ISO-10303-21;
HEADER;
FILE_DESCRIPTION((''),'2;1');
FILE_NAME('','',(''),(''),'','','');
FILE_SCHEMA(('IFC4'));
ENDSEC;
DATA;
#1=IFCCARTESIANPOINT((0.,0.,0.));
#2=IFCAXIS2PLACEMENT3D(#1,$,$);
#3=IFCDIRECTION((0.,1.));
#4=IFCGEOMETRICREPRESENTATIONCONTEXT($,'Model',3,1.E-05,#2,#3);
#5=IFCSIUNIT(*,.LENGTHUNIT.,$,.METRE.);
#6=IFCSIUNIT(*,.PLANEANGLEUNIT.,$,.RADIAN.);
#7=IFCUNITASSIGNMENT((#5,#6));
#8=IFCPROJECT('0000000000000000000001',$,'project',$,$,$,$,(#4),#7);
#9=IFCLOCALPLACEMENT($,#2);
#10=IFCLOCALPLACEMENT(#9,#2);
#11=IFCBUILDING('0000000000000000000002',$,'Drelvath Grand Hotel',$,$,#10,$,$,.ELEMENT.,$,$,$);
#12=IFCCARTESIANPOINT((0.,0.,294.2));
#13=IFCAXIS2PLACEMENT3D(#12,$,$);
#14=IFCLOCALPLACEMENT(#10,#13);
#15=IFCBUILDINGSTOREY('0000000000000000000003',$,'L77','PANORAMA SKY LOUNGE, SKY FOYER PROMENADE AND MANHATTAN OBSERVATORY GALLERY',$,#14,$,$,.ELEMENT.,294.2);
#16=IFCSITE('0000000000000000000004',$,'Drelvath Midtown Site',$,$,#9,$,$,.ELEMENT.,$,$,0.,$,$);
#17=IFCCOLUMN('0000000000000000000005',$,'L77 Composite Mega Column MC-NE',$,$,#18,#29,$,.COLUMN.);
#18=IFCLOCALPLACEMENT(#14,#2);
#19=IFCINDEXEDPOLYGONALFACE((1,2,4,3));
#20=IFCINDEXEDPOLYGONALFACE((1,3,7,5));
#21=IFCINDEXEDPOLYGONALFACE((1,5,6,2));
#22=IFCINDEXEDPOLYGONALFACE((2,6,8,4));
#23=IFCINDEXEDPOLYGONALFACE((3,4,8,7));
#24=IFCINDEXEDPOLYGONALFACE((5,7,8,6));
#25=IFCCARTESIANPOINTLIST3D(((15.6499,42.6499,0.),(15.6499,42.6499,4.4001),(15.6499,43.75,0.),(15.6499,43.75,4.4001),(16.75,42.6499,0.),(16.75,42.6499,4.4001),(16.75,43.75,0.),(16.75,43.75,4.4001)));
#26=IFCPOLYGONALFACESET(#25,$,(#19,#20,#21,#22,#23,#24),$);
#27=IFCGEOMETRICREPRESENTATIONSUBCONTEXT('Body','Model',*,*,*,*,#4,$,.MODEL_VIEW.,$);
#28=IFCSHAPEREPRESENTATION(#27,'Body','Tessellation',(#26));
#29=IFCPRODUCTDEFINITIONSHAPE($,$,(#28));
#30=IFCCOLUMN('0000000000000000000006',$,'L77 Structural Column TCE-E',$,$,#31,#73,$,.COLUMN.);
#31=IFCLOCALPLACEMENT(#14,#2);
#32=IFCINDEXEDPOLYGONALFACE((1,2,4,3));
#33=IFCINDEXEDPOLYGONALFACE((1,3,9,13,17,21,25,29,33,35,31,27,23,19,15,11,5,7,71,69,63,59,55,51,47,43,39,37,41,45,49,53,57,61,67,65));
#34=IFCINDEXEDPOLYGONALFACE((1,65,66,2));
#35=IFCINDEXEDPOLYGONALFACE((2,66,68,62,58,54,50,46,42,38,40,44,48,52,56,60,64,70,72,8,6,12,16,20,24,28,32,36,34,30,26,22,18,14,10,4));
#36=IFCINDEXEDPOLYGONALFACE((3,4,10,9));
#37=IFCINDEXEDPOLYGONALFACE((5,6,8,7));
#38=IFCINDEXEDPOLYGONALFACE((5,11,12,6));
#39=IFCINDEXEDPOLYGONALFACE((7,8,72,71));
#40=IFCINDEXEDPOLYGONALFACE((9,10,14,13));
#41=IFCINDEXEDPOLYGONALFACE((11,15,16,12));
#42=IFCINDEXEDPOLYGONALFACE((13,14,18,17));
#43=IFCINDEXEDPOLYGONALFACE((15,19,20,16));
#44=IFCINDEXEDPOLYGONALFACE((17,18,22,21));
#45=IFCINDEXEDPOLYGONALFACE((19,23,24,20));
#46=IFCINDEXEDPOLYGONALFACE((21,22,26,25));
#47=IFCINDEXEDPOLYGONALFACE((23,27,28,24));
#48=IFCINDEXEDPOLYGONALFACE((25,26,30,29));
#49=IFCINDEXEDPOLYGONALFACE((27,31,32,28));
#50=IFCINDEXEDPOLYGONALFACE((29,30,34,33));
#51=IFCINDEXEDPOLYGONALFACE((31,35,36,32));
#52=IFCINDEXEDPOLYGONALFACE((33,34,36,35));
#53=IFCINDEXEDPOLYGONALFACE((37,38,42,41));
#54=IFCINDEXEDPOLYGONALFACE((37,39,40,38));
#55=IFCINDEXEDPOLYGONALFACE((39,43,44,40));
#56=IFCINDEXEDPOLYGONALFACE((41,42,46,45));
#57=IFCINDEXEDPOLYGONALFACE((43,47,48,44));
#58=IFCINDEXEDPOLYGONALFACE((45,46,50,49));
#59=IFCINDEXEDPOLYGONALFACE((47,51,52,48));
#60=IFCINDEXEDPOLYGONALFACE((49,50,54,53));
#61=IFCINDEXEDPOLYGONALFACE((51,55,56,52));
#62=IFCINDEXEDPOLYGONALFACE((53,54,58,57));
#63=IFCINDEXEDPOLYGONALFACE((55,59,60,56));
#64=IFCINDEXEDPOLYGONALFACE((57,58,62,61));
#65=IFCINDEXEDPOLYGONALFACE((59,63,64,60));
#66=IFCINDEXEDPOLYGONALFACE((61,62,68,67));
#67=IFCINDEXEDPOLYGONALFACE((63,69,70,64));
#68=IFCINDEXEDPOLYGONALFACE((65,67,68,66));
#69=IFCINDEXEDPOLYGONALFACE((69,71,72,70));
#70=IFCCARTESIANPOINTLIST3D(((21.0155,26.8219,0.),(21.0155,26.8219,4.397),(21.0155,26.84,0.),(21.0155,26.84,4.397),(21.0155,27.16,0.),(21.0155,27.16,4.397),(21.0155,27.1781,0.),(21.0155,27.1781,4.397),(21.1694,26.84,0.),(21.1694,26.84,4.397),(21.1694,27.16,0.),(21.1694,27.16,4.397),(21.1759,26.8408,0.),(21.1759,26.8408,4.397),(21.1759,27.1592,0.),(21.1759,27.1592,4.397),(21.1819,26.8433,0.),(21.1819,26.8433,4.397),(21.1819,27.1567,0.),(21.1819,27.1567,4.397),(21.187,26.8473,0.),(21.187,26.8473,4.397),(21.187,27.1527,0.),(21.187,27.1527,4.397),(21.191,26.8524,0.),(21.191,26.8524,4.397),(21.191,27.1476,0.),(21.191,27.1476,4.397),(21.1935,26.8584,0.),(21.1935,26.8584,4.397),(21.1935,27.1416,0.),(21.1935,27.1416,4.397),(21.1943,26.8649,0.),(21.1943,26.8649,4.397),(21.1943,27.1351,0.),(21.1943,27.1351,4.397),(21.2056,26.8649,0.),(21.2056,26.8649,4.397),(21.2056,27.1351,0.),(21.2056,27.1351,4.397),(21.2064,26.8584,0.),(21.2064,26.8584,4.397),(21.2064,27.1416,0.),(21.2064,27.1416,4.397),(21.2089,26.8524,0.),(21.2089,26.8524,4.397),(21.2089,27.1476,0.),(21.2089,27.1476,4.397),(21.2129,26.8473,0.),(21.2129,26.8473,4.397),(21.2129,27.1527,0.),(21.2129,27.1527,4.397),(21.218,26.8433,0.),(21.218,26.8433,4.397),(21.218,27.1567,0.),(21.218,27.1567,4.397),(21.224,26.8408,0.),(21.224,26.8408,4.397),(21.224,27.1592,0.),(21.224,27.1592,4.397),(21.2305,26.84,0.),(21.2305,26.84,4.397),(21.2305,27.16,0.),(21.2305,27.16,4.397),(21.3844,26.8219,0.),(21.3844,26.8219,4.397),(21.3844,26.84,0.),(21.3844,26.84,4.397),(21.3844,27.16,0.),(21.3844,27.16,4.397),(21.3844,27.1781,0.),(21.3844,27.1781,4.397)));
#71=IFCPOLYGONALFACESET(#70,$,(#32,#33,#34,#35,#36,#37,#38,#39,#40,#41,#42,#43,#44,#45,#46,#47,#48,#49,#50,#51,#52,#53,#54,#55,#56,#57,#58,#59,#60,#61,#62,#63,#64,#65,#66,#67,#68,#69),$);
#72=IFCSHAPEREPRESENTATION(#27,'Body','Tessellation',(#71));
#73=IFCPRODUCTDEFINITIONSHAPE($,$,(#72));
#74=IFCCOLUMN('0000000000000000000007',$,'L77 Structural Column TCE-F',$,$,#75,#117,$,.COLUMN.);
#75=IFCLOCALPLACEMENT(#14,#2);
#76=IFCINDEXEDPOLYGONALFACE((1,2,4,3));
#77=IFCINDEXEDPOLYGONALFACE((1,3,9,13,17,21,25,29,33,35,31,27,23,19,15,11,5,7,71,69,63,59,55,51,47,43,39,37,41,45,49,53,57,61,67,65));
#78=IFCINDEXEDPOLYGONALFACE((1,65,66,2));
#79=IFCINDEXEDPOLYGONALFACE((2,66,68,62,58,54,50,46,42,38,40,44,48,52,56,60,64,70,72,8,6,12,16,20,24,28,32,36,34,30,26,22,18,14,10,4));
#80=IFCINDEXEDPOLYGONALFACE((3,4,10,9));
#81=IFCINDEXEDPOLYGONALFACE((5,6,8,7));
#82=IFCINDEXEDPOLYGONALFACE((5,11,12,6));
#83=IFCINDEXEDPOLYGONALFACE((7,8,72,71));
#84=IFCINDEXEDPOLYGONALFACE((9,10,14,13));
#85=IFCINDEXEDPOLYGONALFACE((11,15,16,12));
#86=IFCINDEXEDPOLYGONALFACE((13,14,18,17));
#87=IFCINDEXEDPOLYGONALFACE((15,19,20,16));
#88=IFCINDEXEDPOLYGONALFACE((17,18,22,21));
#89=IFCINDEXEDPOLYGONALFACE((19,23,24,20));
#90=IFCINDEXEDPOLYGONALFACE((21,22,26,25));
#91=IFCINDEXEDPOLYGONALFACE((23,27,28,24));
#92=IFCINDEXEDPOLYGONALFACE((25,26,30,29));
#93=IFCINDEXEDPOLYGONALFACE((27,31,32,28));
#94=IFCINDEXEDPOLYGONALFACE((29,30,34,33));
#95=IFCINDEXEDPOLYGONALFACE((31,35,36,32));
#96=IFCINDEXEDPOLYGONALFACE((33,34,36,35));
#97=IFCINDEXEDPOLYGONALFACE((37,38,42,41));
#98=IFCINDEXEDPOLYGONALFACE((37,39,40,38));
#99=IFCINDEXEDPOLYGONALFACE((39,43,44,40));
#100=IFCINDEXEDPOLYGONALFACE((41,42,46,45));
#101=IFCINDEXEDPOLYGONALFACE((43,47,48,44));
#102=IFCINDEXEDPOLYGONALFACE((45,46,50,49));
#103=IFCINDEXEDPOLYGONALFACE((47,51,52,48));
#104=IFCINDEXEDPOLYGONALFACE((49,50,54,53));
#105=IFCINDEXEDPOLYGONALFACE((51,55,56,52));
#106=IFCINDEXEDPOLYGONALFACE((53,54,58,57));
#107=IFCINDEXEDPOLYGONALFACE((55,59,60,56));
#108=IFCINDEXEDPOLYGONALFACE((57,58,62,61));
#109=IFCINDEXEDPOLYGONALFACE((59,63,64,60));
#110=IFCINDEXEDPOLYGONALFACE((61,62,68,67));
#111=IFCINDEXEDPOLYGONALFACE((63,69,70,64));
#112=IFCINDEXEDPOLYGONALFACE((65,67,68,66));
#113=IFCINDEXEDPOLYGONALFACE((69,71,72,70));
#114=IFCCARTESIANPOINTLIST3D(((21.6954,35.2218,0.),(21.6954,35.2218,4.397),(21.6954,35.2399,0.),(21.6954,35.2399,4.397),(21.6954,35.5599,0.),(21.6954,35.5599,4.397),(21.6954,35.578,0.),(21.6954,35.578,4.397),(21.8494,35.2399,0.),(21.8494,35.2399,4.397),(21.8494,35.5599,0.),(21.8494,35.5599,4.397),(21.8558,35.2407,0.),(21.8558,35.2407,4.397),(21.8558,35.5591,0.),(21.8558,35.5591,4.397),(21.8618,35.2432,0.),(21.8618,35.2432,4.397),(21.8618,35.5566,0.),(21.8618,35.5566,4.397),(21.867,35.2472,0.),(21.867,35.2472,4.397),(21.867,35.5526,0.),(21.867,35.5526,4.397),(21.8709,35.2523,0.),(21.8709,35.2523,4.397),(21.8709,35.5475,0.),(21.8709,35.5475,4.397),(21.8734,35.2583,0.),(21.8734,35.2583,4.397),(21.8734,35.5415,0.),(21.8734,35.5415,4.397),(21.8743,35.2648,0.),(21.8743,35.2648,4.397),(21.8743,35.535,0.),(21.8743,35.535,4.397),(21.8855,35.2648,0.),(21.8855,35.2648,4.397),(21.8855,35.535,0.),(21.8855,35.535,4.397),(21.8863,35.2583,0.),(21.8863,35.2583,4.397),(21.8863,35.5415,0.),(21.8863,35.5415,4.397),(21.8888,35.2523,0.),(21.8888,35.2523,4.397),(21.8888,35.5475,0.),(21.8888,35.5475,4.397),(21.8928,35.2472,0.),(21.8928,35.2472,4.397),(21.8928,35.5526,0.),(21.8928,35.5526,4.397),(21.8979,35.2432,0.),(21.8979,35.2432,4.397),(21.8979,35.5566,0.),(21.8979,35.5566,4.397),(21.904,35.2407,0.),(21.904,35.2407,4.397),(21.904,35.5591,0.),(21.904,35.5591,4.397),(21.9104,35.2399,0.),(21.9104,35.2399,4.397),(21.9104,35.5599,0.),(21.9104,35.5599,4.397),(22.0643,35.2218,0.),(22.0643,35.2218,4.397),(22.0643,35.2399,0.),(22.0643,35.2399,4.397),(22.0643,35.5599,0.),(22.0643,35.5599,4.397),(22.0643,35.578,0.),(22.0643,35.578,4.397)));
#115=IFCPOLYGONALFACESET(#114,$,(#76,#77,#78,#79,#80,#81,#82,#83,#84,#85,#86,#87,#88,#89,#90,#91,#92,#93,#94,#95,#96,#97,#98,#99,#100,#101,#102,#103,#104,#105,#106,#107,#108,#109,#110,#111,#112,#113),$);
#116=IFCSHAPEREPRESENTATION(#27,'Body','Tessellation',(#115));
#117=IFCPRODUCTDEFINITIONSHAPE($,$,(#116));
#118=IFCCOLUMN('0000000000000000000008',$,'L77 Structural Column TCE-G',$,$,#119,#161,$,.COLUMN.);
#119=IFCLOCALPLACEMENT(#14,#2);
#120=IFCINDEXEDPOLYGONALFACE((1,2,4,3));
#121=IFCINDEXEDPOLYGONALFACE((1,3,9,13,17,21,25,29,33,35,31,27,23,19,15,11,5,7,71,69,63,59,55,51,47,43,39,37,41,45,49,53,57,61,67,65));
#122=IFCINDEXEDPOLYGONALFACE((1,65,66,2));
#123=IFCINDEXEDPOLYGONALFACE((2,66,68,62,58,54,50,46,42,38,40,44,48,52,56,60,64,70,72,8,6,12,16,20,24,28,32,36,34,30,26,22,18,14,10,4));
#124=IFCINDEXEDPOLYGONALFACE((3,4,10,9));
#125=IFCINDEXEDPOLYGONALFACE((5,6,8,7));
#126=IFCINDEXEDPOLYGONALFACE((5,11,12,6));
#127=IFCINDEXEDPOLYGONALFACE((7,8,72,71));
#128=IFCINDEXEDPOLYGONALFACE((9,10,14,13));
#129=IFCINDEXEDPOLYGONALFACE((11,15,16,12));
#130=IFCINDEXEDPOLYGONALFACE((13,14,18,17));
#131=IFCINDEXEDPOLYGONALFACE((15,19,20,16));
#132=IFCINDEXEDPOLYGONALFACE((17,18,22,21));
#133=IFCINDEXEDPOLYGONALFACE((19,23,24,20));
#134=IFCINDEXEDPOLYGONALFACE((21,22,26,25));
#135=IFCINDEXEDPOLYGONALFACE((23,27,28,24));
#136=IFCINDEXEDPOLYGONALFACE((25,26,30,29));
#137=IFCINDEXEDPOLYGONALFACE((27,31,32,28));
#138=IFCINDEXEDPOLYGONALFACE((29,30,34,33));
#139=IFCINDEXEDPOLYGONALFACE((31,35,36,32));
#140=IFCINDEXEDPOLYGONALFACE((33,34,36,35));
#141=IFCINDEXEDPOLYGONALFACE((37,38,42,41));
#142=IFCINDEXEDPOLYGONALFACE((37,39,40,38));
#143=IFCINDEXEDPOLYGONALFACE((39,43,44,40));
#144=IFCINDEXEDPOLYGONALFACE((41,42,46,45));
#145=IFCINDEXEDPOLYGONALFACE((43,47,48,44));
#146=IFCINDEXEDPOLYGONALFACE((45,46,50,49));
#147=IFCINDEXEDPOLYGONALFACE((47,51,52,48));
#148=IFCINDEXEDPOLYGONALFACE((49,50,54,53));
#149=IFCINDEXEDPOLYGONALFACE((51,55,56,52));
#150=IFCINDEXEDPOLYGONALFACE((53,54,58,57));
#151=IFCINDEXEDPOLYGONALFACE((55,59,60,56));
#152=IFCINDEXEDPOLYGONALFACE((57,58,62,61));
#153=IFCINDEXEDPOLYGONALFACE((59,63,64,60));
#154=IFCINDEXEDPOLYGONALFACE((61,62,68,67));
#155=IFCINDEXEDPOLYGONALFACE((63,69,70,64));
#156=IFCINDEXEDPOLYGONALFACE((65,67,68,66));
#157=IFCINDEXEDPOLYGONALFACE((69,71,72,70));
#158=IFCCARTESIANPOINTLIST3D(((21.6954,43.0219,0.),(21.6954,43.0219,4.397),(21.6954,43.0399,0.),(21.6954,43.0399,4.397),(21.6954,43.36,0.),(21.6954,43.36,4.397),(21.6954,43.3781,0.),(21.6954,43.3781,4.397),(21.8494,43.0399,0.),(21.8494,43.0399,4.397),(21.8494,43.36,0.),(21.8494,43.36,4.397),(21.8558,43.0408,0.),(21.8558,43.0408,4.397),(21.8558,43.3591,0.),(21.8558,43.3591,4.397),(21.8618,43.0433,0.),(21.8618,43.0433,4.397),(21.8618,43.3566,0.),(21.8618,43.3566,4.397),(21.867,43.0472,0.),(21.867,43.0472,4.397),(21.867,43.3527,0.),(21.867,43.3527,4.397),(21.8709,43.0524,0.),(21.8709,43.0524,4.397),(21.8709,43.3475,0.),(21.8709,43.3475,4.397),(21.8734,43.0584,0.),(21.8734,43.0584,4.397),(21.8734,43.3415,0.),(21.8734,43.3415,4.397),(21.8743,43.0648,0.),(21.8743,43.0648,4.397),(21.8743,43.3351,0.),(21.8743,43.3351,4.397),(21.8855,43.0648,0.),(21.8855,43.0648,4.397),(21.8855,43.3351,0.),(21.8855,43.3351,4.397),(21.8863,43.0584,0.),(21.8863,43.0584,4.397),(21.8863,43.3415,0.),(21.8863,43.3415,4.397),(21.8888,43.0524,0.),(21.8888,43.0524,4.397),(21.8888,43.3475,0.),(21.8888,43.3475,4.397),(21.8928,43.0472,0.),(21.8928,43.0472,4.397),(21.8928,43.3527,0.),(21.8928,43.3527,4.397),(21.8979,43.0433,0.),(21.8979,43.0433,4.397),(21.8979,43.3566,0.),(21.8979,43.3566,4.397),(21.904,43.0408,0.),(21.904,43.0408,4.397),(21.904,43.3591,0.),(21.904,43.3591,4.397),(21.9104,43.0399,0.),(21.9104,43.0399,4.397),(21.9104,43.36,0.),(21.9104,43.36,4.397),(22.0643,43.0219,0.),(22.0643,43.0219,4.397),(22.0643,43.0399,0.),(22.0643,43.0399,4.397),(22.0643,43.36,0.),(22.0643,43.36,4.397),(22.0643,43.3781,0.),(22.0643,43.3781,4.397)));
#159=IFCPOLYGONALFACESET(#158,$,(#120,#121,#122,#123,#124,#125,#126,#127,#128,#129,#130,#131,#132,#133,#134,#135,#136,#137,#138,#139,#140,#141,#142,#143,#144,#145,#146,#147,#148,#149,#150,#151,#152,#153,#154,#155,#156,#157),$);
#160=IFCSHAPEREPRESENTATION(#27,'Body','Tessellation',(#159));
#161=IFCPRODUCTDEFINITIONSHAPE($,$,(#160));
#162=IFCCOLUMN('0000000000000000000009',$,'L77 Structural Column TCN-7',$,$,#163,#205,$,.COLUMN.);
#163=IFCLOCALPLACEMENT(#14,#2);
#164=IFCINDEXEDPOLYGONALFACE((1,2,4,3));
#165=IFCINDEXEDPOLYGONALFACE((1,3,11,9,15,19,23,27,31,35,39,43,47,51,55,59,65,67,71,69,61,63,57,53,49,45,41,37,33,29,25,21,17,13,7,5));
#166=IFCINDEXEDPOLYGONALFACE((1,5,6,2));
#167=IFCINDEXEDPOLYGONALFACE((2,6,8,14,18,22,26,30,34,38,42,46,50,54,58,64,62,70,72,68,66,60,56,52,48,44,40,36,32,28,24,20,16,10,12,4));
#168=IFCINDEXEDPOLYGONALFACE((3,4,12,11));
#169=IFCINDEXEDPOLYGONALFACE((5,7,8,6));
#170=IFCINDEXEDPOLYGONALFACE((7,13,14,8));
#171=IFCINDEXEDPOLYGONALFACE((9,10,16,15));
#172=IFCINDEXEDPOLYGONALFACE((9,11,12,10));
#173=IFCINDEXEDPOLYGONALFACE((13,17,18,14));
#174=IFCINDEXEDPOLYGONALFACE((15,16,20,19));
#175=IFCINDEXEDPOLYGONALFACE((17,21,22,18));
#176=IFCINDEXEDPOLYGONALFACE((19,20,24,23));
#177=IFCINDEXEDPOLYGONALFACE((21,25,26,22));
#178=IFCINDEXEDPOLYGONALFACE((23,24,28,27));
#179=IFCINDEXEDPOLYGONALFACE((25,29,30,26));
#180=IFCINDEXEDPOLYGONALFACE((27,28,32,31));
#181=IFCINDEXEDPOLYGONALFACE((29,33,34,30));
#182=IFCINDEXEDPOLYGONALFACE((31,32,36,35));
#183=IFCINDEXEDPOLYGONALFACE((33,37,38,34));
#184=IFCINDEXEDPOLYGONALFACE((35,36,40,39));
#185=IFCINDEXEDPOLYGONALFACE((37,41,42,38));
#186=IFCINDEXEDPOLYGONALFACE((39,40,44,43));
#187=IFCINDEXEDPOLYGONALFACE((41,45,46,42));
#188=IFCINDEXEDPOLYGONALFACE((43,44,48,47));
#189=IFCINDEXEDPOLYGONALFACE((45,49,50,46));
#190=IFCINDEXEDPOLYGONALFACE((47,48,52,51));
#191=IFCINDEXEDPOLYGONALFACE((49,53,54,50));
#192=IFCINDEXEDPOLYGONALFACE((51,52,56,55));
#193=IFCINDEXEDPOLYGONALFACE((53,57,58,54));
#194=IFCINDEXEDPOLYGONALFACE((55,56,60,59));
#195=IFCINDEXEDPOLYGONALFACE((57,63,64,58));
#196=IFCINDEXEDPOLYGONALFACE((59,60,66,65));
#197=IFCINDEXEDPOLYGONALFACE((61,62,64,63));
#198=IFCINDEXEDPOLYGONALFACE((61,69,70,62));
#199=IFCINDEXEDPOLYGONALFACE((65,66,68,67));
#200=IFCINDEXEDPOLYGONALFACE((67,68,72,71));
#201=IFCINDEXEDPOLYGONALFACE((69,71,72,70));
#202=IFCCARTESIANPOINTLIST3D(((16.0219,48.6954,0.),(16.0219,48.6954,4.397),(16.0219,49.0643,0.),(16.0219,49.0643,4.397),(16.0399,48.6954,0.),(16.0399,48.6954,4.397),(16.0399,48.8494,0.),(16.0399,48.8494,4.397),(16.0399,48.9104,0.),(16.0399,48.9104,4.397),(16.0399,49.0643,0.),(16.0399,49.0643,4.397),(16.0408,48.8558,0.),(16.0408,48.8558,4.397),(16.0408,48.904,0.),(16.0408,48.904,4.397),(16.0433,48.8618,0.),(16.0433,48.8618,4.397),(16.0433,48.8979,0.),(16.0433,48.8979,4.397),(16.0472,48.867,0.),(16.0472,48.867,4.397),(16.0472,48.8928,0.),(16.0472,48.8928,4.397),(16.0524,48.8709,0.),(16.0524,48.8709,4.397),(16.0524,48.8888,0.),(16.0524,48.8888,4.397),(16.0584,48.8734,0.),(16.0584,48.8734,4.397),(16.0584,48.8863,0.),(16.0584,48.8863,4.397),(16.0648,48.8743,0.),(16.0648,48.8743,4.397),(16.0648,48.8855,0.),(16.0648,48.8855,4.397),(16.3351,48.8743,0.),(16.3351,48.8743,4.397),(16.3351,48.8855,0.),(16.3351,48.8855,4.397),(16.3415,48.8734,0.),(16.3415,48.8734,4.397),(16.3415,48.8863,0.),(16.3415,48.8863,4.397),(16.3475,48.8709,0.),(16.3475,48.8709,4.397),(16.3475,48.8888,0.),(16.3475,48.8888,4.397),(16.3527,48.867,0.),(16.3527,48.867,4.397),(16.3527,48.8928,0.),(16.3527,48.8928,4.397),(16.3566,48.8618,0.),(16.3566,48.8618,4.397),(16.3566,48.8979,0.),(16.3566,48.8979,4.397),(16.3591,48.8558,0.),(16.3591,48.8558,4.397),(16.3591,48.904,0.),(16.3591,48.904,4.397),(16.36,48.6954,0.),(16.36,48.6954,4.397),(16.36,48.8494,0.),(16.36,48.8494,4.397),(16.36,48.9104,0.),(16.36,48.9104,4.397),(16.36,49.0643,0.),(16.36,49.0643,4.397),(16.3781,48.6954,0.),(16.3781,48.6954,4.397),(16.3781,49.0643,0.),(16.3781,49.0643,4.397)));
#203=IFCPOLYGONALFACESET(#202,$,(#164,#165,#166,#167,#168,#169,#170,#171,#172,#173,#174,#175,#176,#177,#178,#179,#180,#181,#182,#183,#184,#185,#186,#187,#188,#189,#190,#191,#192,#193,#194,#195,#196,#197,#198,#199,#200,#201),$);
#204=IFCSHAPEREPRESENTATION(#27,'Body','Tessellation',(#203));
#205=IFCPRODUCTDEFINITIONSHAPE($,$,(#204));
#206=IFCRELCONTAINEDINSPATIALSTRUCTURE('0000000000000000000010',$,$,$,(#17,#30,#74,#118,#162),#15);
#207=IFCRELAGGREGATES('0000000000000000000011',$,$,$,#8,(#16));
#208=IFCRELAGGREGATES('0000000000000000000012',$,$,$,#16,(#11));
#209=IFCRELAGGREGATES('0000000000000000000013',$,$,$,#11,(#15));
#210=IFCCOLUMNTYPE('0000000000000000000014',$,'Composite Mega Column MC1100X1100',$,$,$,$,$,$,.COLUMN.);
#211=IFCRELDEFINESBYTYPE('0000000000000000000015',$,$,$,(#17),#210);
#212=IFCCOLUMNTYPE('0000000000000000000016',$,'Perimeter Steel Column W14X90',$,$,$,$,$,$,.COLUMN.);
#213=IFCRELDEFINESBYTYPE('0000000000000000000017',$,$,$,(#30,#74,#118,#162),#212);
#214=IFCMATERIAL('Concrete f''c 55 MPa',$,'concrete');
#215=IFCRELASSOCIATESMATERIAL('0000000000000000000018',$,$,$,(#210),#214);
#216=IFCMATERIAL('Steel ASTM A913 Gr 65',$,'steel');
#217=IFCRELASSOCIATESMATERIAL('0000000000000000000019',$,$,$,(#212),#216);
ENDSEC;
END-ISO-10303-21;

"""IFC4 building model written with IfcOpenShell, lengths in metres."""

from ifc_helpers import new_model, si_unit, direction, frame, origin, origin_2d, place, context, subcontext, project, spatial, rectangle, i_section, extrude, material, material_profile, profile_set, type_object, element, save


model = new_model("IFC4")

# Units and contexts
model_context = context("Model", 3, precision=1e-05, world=origin(), true_north=direction((0.0, 1.0)))
body_context = subcontext(model_context, "Body", "Model", "MODEL_VIEW")
ifc_project = project(units=[si_unit("LENGTHUNIT", "METRE"), si_unit("PLANEANGLEUNIT", "RADIAN")], contexts=[model_context])

# Site, building, storey
site_placement = place(None, origin())
site = spatial("IfcSite", under=ifc_project, at=site_placement, Name="Drelvath Midtown Site", CompositionType="ELEMENT", RefElevation=0.0)
building_placement = place(site_placement, origin())
building = spatial("IfcBuilding", under=site, at=building_placement, Name="Drelvath Grand Hotel", CompositionType="ELEMENT")
storey_placement = place(building_placement, frame((0.0, 0.0, 294.2)))
storey = spatial("IfcBuildingStorey", under=building, at=storey_placement, Name="L77", Description="PANORAMA SKY LOUNGE, SKY FOYER PROMENADE AND MANHATTAN OBSERVATORY GALLERY", CompositionType="ELEMENT", Elevation=294.2)

# Columns
ifc_material_1 = material(Name="Concrete f'c 55 MPa", Category="concrete")
ifc_material_profile_1 = material_profile(ifc_material_1, rectangle(XDim=1.1001, YDim=1.1001, at=origin_2d()), Name="MC1100X1100")
ifc_profile_set_1 = profile_set([ifc_material_profile_1], Name="Concrete f'c 55 MPa")
column_type_1 = type_object("IfcColumnType", Name="Composite Mega Column MC1100X1100", PredefinedType="COLUMN", material=ifc_profile_set_1)
column_placement = place(storey_placement, frame((16.2, 43.2, 0.0), z_axis=(0.0, 0.0, 1.0), x_axis=(1.0, 0.0, 0.0)))
element("IfcColumn", 1, at=column_placement, inside=storey, type_object=column_type_1, Name="L77 Composite Mega Column MC-NE", PredefinedType="COLUMN", context=body_context, shape_type="SweptSolid", body=[
    extrude(rectangle(XDim=1.1001, YDim=1.1001, at=origin_2d()), origin(), (0.0, 0.0, 1.0), 4.4001),
])
ifc_material_2 = material(Name="Steel ASTM A913 Gr 65", Category="steel")
ifc_material_profile_2 = material_profile(ifc_material_2, i_section(OverallWidth=0.3689, OverallDepth=0.3562, WebThickness=0.0112, FlangeThickness=0.0181, FilletRadius=0.0249, at=origin_2d()), Name="W14X90")
ifc_profile_set_2 = profile_set([ifc_material_profile_2], Name="Steel ASTM A913 Gr 65")
column_type_2 = type_object("IfcColumnType", Name="Perimeter Steel Column W14X90", PredefinedType="COLUMN", material=ifc_profile_set_2)
for number, where, z_axis, x_axis, name in (
    (2, (21.2, 27.0, 0.0), (0.0, 0.0, 1.0), (1.0, 0.0, 0.0), "L77 Structural Column TCE-E"),
    (3, (21.8799, 35.3999, 0.0), (0.0, 0.0, 1.0), (1.0, 0.0, 0.0), "L77 Structural Column TCE-F"),
    (4, (21.8799, 43.2, 0.0), (0.0, 0.0, 1.0), (1.0, 0.0, 0.0), "L77 Structural Column TCE-G"),
    (5, (16.2, 48.8799, 0.0), (0.0, 0.0, 1.0), (0.0, 1.0, 0.0), "L77 Structural Column TCN-7"),
):
    element("IfcColumn", number, at=place(storey_placement, frame(where, z_axis=z_axis, x_axis=x_axis)), inside=storey, type_object=column_type_2, Name=name, PredefinedType="COLUMN", context=body_context, shape_type="SweptSolid", body=[
        extrude(i_section(OverallWidth=0.3689, OverallDepth=0.3562, WebThickness=0.0112, FlangeThickness=0.0181, FilletRadius=0.0249, at=origin_2d()), origin(), (0.0, 0.0, 1.0), 4.397),
    ])

save(model, "model.ifc")
